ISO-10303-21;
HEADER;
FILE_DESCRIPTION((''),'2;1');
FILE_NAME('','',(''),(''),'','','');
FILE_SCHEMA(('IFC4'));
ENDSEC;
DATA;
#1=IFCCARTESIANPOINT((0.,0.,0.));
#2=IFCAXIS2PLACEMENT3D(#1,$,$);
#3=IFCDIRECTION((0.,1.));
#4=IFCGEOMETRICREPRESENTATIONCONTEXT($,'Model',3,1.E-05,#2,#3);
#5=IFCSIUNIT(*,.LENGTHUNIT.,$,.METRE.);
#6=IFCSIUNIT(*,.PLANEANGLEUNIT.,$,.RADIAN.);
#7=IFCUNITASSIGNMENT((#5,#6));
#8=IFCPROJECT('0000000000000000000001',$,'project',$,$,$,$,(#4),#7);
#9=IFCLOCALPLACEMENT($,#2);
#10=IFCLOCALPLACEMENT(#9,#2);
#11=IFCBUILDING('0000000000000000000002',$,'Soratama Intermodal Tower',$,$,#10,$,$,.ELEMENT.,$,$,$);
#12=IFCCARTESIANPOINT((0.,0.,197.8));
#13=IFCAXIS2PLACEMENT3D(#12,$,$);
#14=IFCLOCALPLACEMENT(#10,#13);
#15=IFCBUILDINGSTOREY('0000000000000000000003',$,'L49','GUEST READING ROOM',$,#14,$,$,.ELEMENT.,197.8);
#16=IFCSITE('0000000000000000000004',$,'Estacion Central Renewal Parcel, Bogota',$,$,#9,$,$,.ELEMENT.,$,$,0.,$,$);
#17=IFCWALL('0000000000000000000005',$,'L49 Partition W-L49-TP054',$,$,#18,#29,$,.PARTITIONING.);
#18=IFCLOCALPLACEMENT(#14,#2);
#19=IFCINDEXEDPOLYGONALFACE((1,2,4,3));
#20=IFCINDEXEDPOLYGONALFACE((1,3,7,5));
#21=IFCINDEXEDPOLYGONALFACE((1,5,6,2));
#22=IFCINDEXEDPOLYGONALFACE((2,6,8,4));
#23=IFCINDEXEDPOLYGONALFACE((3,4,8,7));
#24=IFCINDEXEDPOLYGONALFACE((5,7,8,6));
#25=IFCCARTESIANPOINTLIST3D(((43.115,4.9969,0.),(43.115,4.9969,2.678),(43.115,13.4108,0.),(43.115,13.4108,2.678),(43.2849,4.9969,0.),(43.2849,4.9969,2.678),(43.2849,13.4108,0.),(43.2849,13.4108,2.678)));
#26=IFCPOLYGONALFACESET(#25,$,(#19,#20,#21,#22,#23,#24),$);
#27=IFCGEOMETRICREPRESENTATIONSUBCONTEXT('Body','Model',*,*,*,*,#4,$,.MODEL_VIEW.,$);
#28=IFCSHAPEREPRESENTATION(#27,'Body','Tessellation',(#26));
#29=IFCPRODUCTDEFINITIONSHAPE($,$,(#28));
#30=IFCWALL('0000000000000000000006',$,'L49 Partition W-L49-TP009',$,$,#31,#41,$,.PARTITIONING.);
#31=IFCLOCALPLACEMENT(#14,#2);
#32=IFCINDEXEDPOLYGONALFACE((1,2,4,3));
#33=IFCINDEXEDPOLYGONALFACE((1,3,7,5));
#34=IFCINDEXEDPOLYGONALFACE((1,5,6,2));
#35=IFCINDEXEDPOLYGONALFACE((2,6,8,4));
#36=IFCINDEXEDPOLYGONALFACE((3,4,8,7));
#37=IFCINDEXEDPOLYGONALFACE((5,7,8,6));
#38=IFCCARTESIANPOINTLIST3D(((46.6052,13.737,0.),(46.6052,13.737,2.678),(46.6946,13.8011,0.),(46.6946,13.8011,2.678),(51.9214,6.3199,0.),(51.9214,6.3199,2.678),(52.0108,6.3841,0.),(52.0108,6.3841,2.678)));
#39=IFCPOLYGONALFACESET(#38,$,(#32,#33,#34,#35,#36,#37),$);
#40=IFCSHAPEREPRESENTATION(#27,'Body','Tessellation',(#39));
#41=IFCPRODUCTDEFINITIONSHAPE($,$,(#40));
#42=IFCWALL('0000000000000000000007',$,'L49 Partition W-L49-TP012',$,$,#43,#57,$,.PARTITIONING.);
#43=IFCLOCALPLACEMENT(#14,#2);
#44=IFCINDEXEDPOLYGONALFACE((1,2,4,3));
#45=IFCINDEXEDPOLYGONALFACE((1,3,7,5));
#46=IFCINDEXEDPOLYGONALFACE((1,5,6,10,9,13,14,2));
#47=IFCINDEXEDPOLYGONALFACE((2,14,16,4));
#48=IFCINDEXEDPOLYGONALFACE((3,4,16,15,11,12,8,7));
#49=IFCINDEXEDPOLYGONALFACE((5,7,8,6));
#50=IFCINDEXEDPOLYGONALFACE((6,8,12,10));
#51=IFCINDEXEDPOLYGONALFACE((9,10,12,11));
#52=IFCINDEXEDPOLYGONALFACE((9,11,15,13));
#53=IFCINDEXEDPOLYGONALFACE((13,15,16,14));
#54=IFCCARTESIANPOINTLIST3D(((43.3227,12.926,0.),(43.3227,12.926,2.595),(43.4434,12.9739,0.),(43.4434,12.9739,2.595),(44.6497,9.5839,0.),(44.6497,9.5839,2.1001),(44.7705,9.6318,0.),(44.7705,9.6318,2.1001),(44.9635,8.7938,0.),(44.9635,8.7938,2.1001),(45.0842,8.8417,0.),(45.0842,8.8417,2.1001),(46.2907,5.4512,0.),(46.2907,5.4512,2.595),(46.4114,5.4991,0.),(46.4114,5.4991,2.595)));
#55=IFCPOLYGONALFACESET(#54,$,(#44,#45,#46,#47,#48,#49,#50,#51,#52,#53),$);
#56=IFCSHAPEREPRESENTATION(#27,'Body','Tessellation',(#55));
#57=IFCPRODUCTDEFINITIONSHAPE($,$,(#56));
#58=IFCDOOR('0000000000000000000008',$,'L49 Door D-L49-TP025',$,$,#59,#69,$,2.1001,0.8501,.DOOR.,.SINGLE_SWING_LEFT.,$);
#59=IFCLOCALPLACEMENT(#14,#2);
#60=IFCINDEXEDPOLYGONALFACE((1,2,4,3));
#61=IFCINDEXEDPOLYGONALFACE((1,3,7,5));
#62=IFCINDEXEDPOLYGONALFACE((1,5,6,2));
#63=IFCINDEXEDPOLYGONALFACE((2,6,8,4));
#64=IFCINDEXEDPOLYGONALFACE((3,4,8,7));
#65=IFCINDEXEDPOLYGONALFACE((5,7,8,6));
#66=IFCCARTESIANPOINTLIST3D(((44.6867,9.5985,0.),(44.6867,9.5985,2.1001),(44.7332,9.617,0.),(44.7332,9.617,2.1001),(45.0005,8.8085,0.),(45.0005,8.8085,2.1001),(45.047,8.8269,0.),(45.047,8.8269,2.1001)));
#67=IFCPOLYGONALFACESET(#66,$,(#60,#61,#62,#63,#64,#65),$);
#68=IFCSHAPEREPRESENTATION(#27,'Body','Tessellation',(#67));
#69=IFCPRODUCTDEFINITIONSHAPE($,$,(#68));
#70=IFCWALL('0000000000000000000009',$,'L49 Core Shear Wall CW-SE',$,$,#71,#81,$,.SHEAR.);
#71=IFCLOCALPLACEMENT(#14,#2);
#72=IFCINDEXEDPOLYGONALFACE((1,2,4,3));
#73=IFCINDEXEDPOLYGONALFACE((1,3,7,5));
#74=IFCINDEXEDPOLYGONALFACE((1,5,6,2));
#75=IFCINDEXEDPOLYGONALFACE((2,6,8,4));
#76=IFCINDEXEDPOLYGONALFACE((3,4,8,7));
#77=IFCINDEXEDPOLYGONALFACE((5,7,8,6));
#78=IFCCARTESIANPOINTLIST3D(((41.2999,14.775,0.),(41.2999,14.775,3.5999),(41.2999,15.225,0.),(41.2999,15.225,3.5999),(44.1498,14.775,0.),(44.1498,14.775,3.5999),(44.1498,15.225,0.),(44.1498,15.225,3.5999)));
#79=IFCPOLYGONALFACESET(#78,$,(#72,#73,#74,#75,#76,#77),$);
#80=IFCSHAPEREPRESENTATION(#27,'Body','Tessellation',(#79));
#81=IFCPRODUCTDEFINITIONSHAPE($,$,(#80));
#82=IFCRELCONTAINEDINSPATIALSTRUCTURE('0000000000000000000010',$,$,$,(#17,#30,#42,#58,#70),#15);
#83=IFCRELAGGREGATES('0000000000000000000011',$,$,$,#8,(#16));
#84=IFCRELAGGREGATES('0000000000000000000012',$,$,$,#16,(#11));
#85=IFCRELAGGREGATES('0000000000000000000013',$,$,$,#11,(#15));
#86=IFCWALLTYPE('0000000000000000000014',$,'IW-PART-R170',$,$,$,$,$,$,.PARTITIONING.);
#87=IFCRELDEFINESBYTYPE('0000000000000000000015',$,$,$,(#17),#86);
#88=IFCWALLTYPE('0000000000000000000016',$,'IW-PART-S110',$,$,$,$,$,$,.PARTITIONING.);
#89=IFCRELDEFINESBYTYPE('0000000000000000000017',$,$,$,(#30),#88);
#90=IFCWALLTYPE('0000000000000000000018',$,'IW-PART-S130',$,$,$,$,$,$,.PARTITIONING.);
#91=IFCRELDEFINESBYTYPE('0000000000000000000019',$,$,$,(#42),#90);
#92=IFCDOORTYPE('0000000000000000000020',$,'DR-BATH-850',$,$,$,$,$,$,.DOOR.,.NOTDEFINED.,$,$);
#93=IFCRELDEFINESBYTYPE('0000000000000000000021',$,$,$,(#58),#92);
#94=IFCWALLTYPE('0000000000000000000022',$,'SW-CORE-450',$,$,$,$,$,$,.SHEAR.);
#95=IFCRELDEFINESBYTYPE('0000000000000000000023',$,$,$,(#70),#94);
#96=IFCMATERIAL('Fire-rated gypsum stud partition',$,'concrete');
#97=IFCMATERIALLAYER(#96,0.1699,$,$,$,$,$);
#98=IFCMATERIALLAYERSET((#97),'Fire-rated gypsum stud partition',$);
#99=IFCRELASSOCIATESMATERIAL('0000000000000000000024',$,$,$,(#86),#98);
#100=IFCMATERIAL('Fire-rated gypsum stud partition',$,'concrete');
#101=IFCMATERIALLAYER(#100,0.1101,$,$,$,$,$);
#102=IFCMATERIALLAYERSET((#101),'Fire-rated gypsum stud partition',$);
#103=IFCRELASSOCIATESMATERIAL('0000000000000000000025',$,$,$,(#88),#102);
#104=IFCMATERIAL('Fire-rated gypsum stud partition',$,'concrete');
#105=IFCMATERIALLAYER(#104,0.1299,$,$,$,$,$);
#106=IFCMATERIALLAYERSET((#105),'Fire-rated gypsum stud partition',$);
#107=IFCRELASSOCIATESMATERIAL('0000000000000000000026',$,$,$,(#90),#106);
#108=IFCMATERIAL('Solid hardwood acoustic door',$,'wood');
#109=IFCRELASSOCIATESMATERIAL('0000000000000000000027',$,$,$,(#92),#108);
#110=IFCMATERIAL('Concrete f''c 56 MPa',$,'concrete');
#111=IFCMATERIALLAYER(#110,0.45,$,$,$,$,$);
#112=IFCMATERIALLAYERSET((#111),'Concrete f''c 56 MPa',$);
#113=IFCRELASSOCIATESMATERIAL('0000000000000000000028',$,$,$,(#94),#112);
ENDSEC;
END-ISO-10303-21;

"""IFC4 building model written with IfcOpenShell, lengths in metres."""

from ifc_helpers import new_model, si_unit, direction, frame, frame_2d, origin, place, context, subcontext, project, spatial, rectangle, extrude, material, layer, layer_set, type_object, element, fill, save


model = new_model("IFC4")

# Units and contexts
model_context = context("Model", 3, precision=1e-05, world=origin(), true_north=direction((0.0, 1.0)))
body_context = subcontext(model_context, "Body", "Model", "MODEL_VIEW")
ifc_project = project(units=[si_unit("LENGTHUNIT", "METRE"), si_unit("PLANEANGLEUNIT", "RADIAN")], contexts=[model_context])

# Site, building, storey
site_placement = place(None, origin())
site = spatial("IfcSite", under=ifc_project, at=site_placement, Name="Estacion Central Renewal Parcel, Bogota", CompositionType="ELEMENT", RefElevation=0.0)
building_placement = place(site_placement, origin())
building = spatial("IfcBuilding", under=site, at=building_placement, Name="Soratama Intermodal Tower", CompositionType="ELEMENT")
storey_placement = place(building_placement, frame((0.0, 0.0, 197.8)))
storey = spatial("IfcBuildingStorey", under=building, at=storey_placement, Name="L49", Description="GUEST READING ROOM", CompositionType="ELEMENT", Elevation=197.8)

# Shared definitions
ifc_material_1 = material(Name="Fire-rated gypsum stud partition", Category="concrete")
ifc_layer_1 = layer(ifc_material_1, 0.1699)
ifc_layer_set_1 = layer_set([ifc_layer_1], Name="Fire-rated gypsum stud partition")
wall_type_1 = type_object("IfcWallType", Name="IW-PART-R170", PredefinedType="PARTITIONING", material=ifc_layer_set_1)

# Walls
wall_1_placement = place(storey_placement, frame((43.2, 13.4109, 0.0), z_axis=(0.0, 0.0, 1.0), x_axis=(0.0, -1.0, 0.0)))
element("IfcWall", 1, at=wall_1_placement, inside=storey, type_object=wall_type_1, Name="L49 Partition W-L49-TP054", PredefinedType="PARTITIONING", context=body_context, shape_type="SweptSolid", body=[
    extrude(rectangle(XDim=8.4138, YDim=0.1699, at=frame_2d((4.207, 0.0))), origin(), (0.0, 0.0, 1.0), 2.678),
])
ifc_material_2 = material(Name="Fire-rated gypsum stud partition", Category="concrete")
ifc_layer_2 = layer(ifc_material_2, 0.1101)
ifc_layer_set_2 = layer_set([ifc_layer_2], Name="Fire-rated gypsum stud partition")
wall_type_2 = type_object("IfcWallType", Name="IW-PART-S110", PredefinedType="PARTITIONING", material=ifc_layer_set_2)
wall_2_placement = place(storey_placement, frame((46.6499, 13.769, 0.0), z_axis=(0.0, 0.0, 1.0), x_axis=(0.582566, -0.812783, 0.0)))
element("IfcWall", 2, at=wall_2_placement, inside=storey, type_object=wall_type_2, Name="L49 Partition W-L49-TP009", PredefinedType="PARTITIONING", context=body_context, shape_type="SweptSolid", body=[
    extrude(rectangle(XDim=9.1255, YDim=0.1101, at=frame_2d((4.5627, 0.0))), origin(), (0.0, 0.0, 1.0), 2.678),
])

# Wall, opening, door
ifc_material_3 = material(Name="Fire-rated gypsum stud partition", Category="concrete")
ifc_layer_3 = layer(ifc_material_3, 0.1299)
ifc_layer_set_3 = layer_set([ifc_layer_3], Name="Fire-rated gypsum stud partition")
wall_type_3 = type_object("IfcWallType", Name="IW-PART-S130", PredefinedType="PARTITIONING", material=ifc_layer_set_3)
wall_3_placement = place(storey_placement, frame((43.3831, 12.95, 0.0), z_axis=(0.0, 0.0, 1.0), x_axis=(0.36904, -0.929414, 0.0)))
wall_3 = element("IfcWall", 3, at=wall_3_placement, inside=storey, type_object=wall_type_3, Name="L49 Partition W-L49-TP012", PredefinedType="PARTITIONING", context=body_context, shape_type="SweptSolid", body=[
    extrude(rectangle(XDim=8.0425, YDim=0.1299, at=frame_2d((4.0212, 0.0))), origin(), (0.0, 0.0, 1.0), 2.595),
])
opening_1_placement = place(wall_3_placement, frame((3.5959, 0.0, 0.0)))
opening_1 = element("IfcOpeningElement", 4, at=opening_1_placement, cuts=wall_3, PredefinedType="OPENING", context=body_context, shape_type="SweptSolid", body=[
    extrude(rectangle(XDim=0.8501, YDim=2.1001, at=frame_2d((0.425, 1.05))), frame((0.0, 0.075, 0.0), z_axis=(0.0, -1.0, 0.0), x_axis=(1.0, 0.0, 0.0)), (0.0, 0.0, 1.0), 0.1499),
])
ifc_material_4 = material(Name="Solid hardwood acoustic door", Category="wood")
door_type_1 = type_object("IfcDoorType", Name="DR-BATH-850", OperationType="NOTDEFINED", PredefinedType="DOOR", material=ifc_material_4)
door_1_placement = place(opening_1_placement, origin())
door_1 = element("IfcDoor", 5, at=door_1_placement, inside=storey, type_object=door_type_1, Name="L49 Door D-L49-TP025", OperationType="SINGLE_SWING_LEFT", OverallHeight=2.1001, OverallWidth=0.8501, PredefinedType="DOOR", context=body_context, shape_type="SweptSolid", body=[
    extrude(rectangle(XDim=0.8501, YDim=2.1001, at=frame_2d((0.425, 1.05))), frame((0.0, 0.0249, 0.0), z_axis=(0.0, -1.0, 0.0), x_axis=(1.0, 0.0, 0.0)), (0.0, 0.0, 1.0), 0.05),
])
fill(opening_1, door_1)

# Wall
ifc_material_5 = material(Name="Concrete f'c 56 MPa", Category="concrete")
ifc_layer_4 = layer(ifc_material_5, 0.45)
ifc_layer_set_4 = layer_set([ifc_layer_4], Name="Concrete f'c 56 MPa")
wall_type_4 = type_object("IfcWallType", Name="SW-CORE-450", PredefinedType="SHEAR", material=ifc_layer_set_4)
wall_4_placement = place(storey_placement, frame((41.3, 15.0, 0.0), z_axis=(0.0, 0.0, 1.0), x_axis=(1.0, 0.0, 0.0)))
element("IfcWall", 6, at=wall_4_placement, inside=storey, type_object=wall_type_4, Name="L49 Core Shear Wall CW-SE", PredefinedType="SHEAR", context=body_context, shape_type="SweptSolid", body=[
    extrude(rectangle(XDim=2.8499, YDim=0.45, at=frame_2d((1.4248, 0.0))), origin(), (0.0, 0.0, 1.0), 3.5999),
])

save(model, "model.ifc")
